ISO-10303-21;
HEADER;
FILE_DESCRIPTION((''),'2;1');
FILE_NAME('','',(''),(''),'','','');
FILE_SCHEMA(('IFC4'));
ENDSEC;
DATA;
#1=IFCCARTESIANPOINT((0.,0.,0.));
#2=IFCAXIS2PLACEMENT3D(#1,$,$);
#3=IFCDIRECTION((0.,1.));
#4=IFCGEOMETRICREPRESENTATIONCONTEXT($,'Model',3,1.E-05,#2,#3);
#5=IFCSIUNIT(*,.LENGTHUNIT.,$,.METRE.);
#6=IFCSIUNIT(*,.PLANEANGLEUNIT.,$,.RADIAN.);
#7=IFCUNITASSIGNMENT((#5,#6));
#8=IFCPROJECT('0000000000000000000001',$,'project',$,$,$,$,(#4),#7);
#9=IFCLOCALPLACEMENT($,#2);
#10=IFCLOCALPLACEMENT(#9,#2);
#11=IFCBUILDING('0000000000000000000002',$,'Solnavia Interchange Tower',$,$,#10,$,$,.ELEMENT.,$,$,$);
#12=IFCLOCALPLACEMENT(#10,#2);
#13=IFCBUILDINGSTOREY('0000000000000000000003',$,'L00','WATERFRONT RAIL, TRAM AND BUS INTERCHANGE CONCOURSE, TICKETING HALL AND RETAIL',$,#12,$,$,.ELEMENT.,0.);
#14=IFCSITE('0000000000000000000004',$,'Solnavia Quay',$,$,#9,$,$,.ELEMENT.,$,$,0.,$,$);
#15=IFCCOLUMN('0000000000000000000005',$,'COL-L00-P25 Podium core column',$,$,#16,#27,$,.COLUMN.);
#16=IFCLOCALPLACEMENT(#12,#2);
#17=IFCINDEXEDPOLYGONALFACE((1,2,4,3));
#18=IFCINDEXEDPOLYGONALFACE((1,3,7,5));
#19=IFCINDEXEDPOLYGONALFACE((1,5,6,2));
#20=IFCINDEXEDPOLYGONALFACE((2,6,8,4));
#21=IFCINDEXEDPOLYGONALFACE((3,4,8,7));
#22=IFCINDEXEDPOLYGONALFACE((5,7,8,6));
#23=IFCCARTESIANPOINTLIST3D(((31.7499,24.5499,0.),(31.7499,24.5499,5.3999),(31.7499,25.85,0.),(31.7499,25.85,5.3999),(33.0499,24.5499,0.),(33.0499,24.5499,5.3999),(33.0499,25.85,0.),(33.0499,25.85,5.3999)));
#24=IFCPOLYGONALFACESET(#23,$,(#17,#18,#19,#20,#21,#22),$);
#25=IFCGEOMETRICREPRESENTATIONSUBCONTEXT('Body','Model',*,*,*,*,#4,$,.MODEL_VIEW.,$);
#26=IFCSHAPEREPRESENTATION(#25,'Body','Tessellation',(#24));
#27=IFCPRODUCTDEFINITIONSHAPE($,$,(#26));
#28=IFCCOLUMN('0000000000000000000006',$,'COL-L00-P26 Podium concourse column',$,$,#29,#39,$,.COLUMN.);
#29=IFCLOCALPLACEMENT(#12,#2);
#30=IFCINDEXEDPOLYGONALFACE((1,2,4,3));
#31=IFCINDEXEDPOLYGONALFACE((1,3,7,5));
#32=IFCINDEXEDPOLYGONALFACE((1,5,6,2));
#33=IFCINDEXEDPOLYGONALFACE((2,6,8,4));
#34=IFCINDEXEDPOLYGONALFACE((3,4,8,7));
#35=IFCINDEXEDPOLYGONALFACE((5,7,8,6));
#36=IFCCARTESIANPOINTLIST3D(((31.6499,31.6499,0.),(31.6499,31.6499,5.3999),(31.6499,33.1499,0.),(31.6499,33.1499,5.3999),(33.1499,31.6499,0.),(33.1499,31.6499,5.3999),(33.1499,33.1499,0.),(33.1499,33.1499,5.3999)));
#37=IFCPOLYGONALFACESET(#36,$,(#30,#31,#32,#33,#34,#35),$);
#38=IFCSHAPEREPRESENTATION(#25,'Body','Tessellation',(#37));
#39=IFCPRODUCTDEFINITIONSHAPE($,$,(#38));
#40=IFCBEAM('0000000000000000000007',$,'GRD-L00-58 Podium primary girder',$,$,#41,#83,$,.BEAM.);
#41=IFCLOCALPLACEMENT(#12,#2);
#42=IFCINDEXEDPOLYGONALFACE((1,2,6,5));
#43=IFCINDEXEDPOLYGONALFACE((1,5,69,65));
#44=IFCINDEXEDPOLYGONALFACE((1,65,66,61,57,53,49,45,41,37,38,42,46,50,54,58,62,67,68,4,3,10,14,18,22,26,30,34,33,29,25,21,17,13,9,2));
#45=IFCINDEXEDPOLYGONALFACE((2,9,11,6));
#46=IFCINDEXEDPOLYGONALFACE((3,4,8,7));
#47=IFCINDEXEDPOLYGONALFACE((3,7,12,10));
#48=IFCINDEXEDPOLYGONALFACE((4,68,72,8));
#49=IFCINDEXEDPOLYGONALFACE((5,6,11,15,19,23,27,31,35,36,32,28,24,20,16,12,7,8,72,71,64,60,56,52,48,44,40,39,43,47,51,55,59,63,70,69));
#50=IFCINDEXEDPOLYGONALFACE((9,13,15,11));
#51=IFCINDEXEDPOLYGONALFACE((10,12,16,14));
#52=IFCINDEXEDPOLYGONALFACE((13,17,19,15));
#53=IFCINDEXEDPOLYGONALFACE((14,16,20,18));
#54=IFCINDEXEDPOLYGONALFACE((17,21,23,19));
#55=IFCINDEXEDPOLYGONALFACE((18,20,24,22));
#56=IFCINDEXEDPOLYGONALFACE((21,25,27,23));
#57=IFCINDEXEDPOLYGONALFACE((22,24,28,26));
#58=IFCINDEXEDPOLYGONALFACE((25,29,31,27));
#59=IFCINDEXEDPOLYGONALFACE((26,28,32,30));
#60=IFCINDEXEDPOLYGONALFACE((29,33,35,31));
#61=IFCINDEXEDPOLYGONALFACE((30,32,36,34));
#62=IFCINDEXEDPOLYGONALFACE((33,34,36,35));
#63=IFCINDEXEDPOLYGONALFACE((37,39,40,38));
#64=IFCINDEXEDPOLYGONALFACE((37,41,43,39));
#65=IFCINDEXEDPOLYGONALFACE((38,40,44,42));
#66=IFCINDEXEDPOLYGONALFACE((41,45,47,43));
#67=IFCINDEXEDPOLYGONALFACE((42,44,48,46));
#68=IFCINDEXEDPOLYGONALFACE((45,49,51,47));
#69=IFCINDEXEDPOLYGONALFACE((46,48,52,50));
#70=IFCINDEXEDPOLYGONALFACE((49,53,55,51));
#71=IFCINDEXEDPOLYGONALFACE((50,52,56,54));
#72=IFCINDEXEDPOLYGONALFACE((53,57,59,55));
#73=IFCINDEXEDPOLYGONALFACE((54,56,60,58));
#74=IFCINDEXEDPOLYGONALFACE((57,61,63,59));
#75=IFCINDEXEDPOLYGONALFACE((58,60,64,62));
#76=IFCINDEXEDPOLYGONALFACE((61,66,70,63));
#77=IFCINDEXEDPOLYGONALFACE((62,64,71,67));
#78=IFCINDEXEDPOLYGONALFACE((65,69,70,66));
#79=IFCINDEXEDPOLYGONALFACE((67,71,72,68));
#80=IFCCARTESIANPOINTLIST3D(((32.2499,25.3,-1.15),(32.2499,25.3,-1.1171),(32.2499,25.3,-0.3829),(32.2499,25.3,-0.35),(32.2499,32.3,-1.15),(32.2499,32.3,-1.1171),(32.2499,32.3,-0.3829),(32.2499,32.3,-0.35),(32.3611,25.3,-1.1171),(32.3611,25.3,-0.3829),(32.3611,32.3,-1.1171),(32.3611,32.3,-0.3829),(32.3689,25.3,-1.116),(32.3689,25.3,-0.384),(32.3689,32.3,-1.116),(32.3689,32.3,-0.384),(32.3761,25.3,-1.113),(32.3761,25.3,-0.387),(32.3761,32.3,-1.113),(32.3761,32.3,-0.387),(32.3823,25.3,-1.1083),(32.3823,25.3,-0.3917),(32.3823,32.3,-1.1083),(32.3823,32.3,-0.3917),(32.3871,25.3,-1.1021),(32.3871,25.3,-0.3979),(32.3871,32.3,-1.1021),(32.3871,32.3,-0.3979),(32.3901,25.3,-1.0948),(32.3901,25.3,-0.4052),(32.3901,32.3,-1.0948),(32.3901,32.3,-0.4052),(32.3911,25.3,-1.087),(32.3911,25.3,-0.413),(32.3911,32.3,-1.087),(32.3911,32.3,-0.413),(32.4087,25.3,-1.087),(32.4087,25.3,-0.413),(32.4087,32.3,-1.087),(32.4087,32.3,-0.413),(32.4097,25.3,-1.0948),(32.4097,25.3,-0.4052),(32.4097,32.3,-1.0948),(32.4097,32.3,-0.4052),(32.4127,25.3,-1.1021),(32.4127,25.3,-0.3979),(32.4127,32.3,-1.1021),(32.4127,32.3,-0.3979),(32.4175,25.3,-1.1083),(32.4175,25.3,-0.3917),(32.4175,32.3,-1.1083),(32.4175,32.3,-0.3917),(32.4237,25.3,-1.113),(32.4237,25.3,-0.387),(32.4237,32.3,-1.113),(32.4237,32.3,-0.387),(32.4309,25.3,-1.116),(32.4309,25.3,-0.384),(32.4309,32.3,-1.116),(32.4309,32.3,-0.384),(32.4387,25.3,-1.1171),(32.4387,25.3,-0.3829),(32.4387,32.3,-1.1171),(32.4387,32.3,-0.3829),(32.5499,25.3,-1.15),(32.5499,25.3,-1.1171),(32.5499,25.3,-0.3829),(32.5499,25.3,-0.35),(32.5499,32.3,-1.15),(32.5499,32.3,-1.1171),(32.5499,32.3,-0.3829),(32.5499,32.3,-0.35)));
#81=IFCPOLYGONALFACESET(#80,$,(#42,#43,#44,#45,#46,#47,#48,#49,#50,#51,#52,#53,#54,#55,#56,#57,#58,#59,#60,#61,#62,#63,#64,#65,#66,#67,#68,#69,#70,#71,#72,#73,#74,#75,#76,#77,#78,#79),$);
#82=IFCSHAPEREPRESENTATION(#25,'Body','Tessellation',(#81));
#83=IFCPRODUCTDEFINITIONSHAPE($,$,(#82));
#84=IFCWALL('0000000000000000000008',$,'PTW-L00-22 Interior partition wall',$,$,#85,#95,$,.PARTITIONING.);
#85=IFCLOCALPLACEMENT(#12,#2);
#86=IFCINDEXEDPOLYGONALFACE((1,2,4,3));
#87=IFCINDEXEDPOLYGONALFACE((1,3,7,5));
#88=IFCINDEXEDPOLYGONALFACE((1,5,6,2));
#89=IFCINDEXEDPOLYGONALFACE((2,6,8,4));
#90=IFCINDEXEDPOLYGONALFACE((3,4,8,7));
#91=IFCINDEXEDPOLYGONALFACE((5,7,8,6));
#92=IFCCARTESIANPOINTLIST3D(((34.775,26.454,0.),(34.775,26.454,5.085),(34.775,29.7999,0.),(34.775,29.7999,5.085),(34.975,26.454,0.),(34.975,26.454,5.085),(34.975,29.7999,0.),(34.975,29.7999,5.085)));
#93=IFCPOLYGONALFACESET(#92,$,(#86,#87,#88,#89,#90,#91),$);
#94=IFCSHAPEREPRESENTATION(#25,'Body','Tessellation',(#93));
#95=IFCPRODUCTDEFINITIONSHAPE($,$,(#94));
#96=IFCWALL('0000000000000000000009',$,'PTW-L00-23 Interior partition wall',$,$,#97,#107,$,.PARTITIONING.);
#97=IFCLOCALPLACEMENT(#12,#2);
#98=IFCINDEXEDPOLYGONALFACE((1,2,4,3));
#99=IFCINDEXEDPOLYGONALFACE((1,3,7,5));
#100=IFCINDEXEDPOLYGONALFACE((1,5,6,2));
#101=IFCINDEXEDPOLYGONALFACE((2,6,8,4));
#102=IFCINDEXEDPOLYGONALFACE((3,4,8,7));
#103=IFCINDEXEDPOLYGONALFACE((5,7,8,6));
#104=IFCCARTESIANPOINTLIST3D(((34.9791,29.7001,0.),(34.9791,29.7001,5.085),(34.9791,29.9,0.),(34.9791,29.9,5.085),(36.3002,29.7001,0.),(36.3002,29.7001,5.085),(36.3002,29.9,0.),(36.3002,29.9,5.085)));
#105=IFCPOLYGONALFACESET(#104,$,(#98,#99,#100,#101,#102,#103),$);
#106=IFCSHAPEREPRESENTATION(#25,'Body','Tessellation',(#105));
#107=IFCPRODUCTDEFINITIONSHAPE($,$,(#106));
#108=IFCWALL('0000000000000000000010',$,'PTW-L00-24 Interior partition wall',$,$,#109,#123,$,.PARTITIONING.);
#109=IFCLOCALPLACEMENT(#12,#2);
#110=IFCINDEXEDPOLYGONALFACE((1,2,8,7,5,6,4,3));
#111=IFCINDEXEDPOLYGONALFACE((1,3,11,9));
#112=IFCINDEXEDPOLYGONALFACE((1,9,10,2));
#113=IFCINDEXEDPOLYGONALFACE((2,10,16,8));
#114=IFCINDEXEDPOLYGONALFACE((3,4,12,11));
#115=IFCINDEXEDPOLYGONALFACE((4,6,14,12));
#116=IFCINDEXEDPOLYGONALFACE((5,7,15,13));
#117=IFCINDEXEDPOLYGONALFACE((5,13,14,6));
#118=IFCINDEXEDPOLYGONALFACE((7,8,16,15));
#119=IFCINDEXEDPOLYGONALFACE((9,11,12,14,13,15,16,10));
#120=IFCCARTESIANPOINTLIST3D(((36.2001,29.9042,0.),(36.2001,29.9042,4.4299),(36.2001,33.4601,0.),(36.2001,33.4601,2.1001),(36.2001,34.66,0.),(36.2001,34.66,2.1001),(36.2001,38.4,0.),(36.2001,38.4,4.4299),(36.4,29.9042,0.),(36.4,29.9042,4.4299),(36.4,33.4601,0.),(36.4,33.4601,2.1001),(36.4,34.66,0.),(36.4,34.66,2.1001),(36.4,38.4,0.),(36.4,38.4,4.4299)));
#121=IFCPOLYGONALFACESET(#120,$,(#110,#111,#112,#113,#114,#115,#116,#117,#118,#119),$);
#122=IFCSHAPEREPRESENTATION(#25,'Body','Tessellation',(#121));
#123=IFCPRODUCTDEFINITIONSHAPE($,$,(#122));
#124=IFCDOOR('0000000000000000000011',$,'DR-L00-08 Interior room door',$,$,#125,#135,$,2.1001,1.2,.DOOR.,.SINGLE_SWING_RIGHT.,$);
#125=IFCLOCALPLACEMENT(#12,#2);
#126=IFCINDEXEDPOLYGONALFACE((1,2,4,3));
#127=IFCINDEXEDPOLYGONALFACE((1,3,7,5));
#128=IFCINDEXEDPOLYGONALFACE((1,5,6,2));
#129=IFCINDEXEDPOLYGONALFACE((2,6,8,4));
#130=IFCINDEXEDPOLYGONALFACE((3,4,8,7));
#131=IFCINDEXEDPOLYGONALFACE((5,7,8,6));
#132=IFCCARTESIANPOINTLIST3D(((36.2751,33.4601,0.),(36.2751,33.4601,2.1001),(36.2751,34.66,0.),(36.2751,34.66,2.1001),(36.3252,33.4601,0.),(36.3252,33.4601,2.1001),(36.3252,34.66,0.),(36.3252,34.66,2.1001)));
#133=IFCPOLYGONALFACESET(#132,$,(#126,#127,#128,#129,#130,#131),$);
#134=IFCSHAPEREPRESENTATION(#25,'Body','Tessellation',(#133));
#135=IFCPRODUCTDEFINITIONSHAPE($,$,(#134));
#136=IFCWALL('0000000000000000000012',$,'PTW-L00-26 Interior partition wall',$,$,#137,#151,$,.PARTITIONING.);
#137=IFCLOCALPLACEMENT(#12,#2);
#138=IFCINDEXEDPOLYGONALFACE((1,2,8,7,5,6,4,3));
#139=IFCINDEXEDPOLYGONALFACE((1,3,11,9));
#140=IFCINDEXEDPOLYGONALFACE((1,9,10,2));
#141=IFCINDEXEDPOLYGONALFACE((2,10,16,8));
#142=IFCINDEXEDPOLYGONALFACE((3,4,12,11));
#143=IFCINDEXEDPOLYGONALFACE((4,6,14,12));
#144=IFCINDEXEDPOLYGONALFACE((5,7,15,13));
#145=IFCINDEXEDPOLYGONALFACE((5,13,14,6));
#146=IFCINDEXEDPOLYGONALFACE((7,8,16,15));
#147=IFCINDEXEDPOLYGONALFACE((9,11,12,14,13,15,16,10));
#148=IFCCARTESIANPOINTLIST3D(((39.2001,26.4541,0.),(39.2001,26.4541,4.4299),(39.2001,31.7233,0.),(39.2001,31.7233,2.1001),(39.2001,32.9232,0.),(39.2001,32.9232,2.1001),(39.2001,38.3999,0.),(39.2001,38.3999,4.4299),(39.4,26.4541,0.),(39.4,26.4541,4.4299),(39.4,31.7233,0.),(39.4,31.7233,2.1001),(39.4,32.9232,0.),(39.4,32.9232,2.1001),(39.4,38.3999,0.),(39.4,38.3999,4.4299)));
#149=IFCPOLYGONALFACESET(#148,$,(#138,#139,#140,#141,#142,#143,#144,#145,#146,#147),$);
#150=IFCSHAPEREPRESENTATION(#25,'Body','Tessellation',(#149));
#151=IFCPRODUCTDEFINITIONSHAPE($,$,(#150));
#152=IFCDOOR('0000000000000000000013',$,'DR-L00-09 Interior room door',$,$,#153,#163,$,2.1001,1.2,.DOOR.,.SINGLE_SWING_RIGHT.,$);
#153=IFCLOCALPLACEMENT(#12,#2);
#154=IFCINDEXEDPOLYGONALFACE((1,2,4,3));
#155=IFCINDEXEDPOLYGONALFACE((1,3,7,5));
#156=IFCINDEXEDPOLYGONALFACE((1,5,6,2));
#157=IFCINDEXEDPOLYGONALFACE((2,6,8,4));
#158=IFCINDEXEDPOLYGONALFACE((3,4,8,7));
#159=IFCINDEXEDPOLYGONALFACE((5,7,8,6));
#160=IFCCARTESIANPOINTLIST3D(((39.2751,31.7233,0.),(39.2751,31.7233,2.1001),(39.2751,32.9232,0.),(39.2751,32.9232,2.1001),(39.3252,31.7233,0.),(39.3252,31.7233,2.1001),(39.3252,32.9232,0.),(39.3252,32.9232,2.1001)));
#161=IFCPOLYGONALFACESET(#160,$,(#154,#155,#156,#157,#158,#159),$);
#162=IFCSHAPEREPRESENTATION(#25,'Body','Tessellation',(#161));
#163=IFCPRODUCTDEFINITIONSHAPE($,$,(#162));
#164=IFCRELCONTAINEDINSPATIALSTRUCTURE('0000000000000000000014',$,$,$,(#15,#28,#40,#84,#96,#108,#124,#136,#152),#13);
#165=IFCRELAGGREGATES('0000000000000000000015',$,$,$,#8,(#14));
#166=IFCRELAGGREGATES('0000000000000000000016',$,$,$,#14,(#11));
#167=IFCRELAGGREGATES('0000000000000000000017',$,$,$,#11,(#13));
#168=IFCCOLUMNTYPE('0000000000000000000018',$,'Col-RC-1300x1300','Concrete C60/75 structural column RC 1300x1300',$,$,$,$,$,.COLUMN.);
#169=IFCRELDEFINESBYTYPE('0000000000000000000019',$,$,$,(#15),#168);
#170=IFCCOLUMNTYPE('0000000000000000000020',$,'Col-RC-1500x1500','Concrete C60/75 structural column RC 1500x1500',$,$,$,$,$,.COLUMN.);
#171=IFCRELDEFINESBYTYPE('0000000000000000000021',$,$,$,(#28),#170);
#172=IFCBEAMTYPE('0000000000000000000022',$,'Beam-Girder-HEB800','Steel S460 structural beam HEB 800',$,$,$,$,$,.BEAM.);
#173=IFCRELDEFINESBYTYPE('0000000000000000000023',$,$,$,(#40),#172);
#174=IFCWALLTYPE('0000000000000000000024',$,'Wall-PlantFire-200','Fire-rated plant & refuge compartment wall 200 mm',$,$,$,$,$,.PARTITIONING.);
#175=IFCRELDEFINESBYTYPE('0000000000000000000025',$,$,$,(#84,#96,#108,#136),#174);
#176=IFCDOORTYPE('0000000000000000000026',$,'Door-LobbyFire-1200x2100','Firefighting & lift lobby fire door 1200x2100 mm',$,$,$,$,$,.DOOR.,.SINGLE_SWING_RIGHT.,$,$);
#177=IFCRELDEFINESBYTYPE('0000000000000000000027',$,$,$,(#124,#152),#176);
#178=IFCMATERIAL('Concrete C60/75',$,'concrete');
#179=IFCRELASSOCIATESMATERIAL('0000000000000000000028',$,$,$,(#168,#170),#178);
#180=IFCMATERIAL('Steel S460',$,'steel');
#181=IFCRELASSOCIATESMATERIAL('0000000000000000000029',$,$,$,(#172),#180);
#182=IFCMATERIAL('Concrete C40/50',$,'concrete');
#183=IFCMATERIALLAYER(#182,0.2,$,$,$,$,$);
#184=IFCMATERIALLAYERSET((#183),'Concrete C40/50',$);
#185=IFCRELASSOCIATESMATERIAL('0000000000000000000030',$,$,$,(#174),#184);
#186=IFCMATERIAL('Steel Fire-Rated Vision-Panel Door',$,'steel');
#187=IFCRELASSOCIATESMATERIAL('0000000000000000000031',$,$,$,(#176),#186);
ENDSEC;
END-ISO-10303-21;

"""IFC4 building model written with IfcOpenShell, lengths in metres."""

from ifc_helpers import new_model, si_unit, direction, frame, frame_2d, origin, origin_2d, place, context, subcontext, project, spatial, rectangle, i_section, extrude, material, layer, layer_set, material_profile, profile_set, type_object, element, fill, save


model = new_model("IFC4")

# Units and contexts
model_context = context("Model", 3, precision=1e-05, world=origin(), true_north=direction((0.0, 1.0)))
body_context = subcontext(model_context, "Body", "Model", "MODEL_VIEW")
ifc_project = project(units=[si_unit("LENGTHUNIT", "METRE"), si_unit("PLANEANGLEUNIT", "RADIAN")], contexts=[model_context])

# Site, building, storey
site_placement = place(None, origin())
site = spatial("IfcSite", under=ifc_project, at=site_placement, Name="Solnavia Quay", CompositionType="ELEMENT", RefElevation=0.0)
building_placement = place(site_placement, origin())
building = spatial("IfcBuilding", under=site, at=building_placement, Name="Solnavia Interchange Tower", CompositionType="ELEMENT")
storey_placement = place(building_placement, origin())
storey = spatial("IfcBuildingStorey", under=building, at=storey_placement, Name="L00", Description="WATERFRONT RAIL, TRAM AND BUS INTERCHANGE CONCOURSE, TICKETING HALL AND RETAIL", CompositionType="ELEMENT", Elevation=0.0)

# Columns
ifc_material_1 = material(Name="Concrete C60/75", Category="concrete")
ifc_material_profile_1 = material_profile(ifc_material_1, rectangle(XDim=1.3, YDim=1.3, at=origin_2d()), Name="RC 1300x1300")
ifc_profile_set_1 = profile_set([ifc_material_profile_1], Name="Concrete C60/75")
column_type_1 = type_object("IfcColumnType", Name="Col-RC-1300x1300", Description="Concrete C60/75 structural column RC 1300x1300", PredefinedType="COLUMN", material=ifc_profile_set_1)
column_1_placement = place(storey_placement, frame((32.3999, 25.2, 0.0), z_axis=(0.0, 0.0, 1.0), x_axis=(1.0, 0.0, 0.0)))
element("IfcColumn", 1, at=column_1_placement, inside=storey, type_object=column_type_1, Name="COL-L00-P25 Podium core column", PredefinedType="COLUMN", context=body_context, shape_type="SweptSolid", body=[
    extrude(rectangle(XDim=1.3, YDim=1.3, at=origin_2d()), origin(), (0.0, 0.0, 1.0), 5.3999),
])
ifc_material_profile_2 = material_profile(ifc_material_1, rectangle(XDim=1.5, YDim=1.5, at=origin_2d()), Name="RC 1500x1500")
ifc_profile_set_2 = profile_set([ifc_material_profile_2], Name="Concrete C60/75")
column_type_2 = type_object("IfcColumnType", Name="Col-RC-1500x1500", Description="Concrete C60/75 structural column RC 1500x1500", PredefinedType="COLUMN", material=ifc_profile_set_2)
column_2_placement = place(storey_placement, frame((32.3999, 32.3999, 0.0), z_axis=(0.0, 0.0, 1.0), x_axis=(1.0, 0.0, 0.0)))
element("IfcColumn", 2, at=column_2_placement, inside=storey, type_object=column_type_2, Name="COL-L00-P26 Podium concourse column", PredefinedType="COLUMN", context=body_context, shape_type="SweptSolid", body=[
    extrude(rectangle(XDim=1.5, YDim=1.5, at=origin_2d()), origin(), (0.0, 0.0, 1.0), 5.3999),
])

# Beam
ifc_material_2 = material(Name="Steel S460", Category="steel")
ifc_material_profile_3 = material_profile(ifc_material_2, i_section(OverallWidth=0.3, OverallDepth=0.8, WebThickness=0.0176, FlangeThickness=0.033, FilletRadius=0.03, at=origin_2d()), Name="HEB 800")
ifc_profile_set_3 = profile_set([ifc_material_profile_3], Name="Steel S460")
beam_type = type_object("IfcBeamType", Name="Beam-Girder-HEB800", Description="Steel S460 structural beam HEB 800", PredefinedType="BEAM", material=ifc_profile_set_3)
beam_placement = place(storey_placement, frame((32.3999, 25.3, -0.75), z_axis=(0.0, 1.0, 0.0), x_axis=(-1.0, 0.0, 0.0)))
element("IfcBeam", 3, at=beam_placement, inside=storey, type_object=beam_type, Name="GRD-L00-58 Podium primary girder", PredefinedType="BEAM", context=body_context, shape_type="SweptSolid", body=[
    extrude(i_section(OverallWidth=0.3, OverallDepth=0.8, WebThickness=0.0176, FlangeThickness=0.033, FilletRadius=0.03, at=origin_2d()), origin(), (0.0, 0.0, 1.0), 7.0),
])

# Walls
ifc_material_3 = material(Name="Concrete C40/50", Category="concrete")
ifc_layer_1 = layer(ifc_material_3, 0.2)
ifc_layer_set_1 = layer_set([ifc_layer_1], Name="Concrete C40/50")
wall_type_1 = type_object("IfcWallType", Name="Wall-PlantFire-200", Description="Fire-rated plant & refuge compartment wall 200 mm", PredefinedType="PARTITIONING", material=ifc_layer_set_1)
wall_1_placement = place(storey_placement, frame((34.875, 26.4541, 0.0), z_axis=(0.0, 0.0, 1.0), x_axis=(0.0, 1.0, 0.0)))
element("IfcWall", 4, at=wall_1_placement, inside=storey, type_object=wall_type_1, Name="PTW-L00-22 Interior partition wall", PredefinedType="PARTITIONING", context=body_context, shape_type="SweptSolid", body=[
    extrude(rectangle(XDim=3.3459, YDim=0.2, at=frame_2d((1.6729, 0.0))), origin(), (0.0, 0.0, 1.0), 5.085),
])
wall_2_placement = place(storey_placement, frame((34.979, 29.8, 0.0), z_axis=(0.0, 0.0, 1.0), x_axis=(1.0, 0.0, 0.0)))
element("IfcWall", 5, at=wall_2_placement, inside=storey, type_object=wall_type_1, Name="PTW-L00-23 Interior partition wall", PredefinedType="PARTITIONING", context=body_context, shape_type="SweptSolid", body=[
    extrude(rectangle(XDim=1.321, YDim=0.2, at=frame_2d((0.6606, 0.0))), origin(), (0.0, 0.0, 1.0), 5.085),
])

# Walls, openings, doors
wall_3_placement = place(storey_placement, frame((36.3, 29.9041, 0.0), z_axis=(0.0, 0.0, 1.0), x_axis=(0.0, 1.0, 0.0)))
wall_3 = element("IfcWall", 6, at=wall_3_placement, inside=storey, type_object=wall_type_1, Name="PTW-L00-24 Interior partition wall", PredefinedType="PARTITIONING", context=body_context, shape_type="SweptSolid", body=[
    extrude(rectangle(XDim=8.4958, YDim=0.2, at=frame_2d((4.248, 0.0))), origin(), (0.0, 0.0, 1.0), 4.4299),
])
opening_1_placement = place(wall_3_placement, frame((3.5559, 0.0, 0.0)))
opening_1 = element("IfcOpeningElement", 7, at=opening_1_placement, cuts=wall_3, PredefinedType="OPENING", context=body_context, shape_type="SweptSolid", body=[
    extrude(rectangle(XDim=1.2, YDim=2.1001, at=frame_2d((0.6001, 1.05))), frame((0.0, 0.1099, 0.0), z_axis=(0.0, -1.0, 0.0), x_axis=(1.0, 0.0, 0.0)), (0.0, 0.0, 1.0), 0.22),
])
ifc_material_4 = material(Name="Steel Fire-Rated Vision-Panel Door", Category="steel")
door_type_1 = type_object("IfcDoorType", Name="Door-LobbyFire-1200x2100", Description="Firefighting & lift lobby fire door 1200x2100 mm", OperationType="SINGLE_SWING_RIGHT", PredefinedType="DOOR", material=ifc_material_4)
door_1_placement = place(opening_1_placement, origin())
door_1 = element("IfcDoor", 8, at=door_1_placement, inside=storey, type_object=door_type_1, Name="DR-L00-08 Interior room door", OperationType="SINGLE_SWING_RIGHT", OverallHeight=2.1001, OverallWidth=1.2, PredefinedType="DOOR", context=body_context, shape_type="SweptSolid", body=[
    extrude(rectangle(XDim=1.2, YDim=2.1001, at=frame_2d((0.6001, 1.05))), frame((0.0, 0.0249, 0.0), z_axis=(0.0, -1.0, 0.0), x_axis=(1.0, 0.0, 0.0)), (0.0, 0.0, 1.0), 0.05),
])
fill(opening_1, door_1)
wall_4_placement = place(storey_placement, frame((39.3, 26.4541, 0.0), z_axis=(0.0, 0.0, 1.0), x_axis=(0.0, 1.0, 0.0)))
wall_4 = element("IfcWall", 9, at=wall_4_placement, inside=storey, type_object=wall_type_1, Name="PTW-L00-26 Interior partition wall", PredefinedType="PARTITIONING", context=body_context, shape_type="SweptSolid", body=[
    extrude(rectangle(XDim=11.9458, YDim=0.2, at=frame_2d((5.9729, 0.0))), origin(), (0.0, 0.0, 1.0), 4.4299),
])
opening_2_placement = place(wall_4_placement, frame((5.269, 0.0, 0.0)))
opening_2 = element("IfcOpeningElement", 10, at=opening_2_placement, cuts=wall_4, PredefinedType="OPENING", context=body_context, shape_type="SweptSolid", body=[
    extrude(rectangle(XDim=1.2, YDim=2.1001, at=frame_2d((0.6001, 1.05))), frame((0.0, 0.1099, 0.0), z_axis=(0.0, -1.0, 0.0), x_axis=(1.0, 0.0, 0.0)), (0.0, 0.0, 1.0), 0.22),
])
door_2_placement = place(opening_2_placement, origin())
door_2 = element("IfcDoor", 11, at=door_2_placement, inside=storey, type_object=door_type_1, Name="DR-L00-09 Interior room door", OperationType="SINGLE_SWING_RIGHT", OverallHeight=2.1001, OverallWidth=1.2, PredefinedType="DOOR", context=body_context, shape_type="SweptSolid", body=[
    extrude(rectangle(XDim=1.2, YDim=2.1001, at=frame_2d((0.6001, 1.05))), frame((0.0, 0.0249, 0.0), z_axis=(0.0, -1.0, 0.0), x_axis=(1.0, 0.0, 0.0)), (0.0, 0.0, 1.0), 0.05),
])
fill(opening_2, door_2)

save(model, "model.ifc")
